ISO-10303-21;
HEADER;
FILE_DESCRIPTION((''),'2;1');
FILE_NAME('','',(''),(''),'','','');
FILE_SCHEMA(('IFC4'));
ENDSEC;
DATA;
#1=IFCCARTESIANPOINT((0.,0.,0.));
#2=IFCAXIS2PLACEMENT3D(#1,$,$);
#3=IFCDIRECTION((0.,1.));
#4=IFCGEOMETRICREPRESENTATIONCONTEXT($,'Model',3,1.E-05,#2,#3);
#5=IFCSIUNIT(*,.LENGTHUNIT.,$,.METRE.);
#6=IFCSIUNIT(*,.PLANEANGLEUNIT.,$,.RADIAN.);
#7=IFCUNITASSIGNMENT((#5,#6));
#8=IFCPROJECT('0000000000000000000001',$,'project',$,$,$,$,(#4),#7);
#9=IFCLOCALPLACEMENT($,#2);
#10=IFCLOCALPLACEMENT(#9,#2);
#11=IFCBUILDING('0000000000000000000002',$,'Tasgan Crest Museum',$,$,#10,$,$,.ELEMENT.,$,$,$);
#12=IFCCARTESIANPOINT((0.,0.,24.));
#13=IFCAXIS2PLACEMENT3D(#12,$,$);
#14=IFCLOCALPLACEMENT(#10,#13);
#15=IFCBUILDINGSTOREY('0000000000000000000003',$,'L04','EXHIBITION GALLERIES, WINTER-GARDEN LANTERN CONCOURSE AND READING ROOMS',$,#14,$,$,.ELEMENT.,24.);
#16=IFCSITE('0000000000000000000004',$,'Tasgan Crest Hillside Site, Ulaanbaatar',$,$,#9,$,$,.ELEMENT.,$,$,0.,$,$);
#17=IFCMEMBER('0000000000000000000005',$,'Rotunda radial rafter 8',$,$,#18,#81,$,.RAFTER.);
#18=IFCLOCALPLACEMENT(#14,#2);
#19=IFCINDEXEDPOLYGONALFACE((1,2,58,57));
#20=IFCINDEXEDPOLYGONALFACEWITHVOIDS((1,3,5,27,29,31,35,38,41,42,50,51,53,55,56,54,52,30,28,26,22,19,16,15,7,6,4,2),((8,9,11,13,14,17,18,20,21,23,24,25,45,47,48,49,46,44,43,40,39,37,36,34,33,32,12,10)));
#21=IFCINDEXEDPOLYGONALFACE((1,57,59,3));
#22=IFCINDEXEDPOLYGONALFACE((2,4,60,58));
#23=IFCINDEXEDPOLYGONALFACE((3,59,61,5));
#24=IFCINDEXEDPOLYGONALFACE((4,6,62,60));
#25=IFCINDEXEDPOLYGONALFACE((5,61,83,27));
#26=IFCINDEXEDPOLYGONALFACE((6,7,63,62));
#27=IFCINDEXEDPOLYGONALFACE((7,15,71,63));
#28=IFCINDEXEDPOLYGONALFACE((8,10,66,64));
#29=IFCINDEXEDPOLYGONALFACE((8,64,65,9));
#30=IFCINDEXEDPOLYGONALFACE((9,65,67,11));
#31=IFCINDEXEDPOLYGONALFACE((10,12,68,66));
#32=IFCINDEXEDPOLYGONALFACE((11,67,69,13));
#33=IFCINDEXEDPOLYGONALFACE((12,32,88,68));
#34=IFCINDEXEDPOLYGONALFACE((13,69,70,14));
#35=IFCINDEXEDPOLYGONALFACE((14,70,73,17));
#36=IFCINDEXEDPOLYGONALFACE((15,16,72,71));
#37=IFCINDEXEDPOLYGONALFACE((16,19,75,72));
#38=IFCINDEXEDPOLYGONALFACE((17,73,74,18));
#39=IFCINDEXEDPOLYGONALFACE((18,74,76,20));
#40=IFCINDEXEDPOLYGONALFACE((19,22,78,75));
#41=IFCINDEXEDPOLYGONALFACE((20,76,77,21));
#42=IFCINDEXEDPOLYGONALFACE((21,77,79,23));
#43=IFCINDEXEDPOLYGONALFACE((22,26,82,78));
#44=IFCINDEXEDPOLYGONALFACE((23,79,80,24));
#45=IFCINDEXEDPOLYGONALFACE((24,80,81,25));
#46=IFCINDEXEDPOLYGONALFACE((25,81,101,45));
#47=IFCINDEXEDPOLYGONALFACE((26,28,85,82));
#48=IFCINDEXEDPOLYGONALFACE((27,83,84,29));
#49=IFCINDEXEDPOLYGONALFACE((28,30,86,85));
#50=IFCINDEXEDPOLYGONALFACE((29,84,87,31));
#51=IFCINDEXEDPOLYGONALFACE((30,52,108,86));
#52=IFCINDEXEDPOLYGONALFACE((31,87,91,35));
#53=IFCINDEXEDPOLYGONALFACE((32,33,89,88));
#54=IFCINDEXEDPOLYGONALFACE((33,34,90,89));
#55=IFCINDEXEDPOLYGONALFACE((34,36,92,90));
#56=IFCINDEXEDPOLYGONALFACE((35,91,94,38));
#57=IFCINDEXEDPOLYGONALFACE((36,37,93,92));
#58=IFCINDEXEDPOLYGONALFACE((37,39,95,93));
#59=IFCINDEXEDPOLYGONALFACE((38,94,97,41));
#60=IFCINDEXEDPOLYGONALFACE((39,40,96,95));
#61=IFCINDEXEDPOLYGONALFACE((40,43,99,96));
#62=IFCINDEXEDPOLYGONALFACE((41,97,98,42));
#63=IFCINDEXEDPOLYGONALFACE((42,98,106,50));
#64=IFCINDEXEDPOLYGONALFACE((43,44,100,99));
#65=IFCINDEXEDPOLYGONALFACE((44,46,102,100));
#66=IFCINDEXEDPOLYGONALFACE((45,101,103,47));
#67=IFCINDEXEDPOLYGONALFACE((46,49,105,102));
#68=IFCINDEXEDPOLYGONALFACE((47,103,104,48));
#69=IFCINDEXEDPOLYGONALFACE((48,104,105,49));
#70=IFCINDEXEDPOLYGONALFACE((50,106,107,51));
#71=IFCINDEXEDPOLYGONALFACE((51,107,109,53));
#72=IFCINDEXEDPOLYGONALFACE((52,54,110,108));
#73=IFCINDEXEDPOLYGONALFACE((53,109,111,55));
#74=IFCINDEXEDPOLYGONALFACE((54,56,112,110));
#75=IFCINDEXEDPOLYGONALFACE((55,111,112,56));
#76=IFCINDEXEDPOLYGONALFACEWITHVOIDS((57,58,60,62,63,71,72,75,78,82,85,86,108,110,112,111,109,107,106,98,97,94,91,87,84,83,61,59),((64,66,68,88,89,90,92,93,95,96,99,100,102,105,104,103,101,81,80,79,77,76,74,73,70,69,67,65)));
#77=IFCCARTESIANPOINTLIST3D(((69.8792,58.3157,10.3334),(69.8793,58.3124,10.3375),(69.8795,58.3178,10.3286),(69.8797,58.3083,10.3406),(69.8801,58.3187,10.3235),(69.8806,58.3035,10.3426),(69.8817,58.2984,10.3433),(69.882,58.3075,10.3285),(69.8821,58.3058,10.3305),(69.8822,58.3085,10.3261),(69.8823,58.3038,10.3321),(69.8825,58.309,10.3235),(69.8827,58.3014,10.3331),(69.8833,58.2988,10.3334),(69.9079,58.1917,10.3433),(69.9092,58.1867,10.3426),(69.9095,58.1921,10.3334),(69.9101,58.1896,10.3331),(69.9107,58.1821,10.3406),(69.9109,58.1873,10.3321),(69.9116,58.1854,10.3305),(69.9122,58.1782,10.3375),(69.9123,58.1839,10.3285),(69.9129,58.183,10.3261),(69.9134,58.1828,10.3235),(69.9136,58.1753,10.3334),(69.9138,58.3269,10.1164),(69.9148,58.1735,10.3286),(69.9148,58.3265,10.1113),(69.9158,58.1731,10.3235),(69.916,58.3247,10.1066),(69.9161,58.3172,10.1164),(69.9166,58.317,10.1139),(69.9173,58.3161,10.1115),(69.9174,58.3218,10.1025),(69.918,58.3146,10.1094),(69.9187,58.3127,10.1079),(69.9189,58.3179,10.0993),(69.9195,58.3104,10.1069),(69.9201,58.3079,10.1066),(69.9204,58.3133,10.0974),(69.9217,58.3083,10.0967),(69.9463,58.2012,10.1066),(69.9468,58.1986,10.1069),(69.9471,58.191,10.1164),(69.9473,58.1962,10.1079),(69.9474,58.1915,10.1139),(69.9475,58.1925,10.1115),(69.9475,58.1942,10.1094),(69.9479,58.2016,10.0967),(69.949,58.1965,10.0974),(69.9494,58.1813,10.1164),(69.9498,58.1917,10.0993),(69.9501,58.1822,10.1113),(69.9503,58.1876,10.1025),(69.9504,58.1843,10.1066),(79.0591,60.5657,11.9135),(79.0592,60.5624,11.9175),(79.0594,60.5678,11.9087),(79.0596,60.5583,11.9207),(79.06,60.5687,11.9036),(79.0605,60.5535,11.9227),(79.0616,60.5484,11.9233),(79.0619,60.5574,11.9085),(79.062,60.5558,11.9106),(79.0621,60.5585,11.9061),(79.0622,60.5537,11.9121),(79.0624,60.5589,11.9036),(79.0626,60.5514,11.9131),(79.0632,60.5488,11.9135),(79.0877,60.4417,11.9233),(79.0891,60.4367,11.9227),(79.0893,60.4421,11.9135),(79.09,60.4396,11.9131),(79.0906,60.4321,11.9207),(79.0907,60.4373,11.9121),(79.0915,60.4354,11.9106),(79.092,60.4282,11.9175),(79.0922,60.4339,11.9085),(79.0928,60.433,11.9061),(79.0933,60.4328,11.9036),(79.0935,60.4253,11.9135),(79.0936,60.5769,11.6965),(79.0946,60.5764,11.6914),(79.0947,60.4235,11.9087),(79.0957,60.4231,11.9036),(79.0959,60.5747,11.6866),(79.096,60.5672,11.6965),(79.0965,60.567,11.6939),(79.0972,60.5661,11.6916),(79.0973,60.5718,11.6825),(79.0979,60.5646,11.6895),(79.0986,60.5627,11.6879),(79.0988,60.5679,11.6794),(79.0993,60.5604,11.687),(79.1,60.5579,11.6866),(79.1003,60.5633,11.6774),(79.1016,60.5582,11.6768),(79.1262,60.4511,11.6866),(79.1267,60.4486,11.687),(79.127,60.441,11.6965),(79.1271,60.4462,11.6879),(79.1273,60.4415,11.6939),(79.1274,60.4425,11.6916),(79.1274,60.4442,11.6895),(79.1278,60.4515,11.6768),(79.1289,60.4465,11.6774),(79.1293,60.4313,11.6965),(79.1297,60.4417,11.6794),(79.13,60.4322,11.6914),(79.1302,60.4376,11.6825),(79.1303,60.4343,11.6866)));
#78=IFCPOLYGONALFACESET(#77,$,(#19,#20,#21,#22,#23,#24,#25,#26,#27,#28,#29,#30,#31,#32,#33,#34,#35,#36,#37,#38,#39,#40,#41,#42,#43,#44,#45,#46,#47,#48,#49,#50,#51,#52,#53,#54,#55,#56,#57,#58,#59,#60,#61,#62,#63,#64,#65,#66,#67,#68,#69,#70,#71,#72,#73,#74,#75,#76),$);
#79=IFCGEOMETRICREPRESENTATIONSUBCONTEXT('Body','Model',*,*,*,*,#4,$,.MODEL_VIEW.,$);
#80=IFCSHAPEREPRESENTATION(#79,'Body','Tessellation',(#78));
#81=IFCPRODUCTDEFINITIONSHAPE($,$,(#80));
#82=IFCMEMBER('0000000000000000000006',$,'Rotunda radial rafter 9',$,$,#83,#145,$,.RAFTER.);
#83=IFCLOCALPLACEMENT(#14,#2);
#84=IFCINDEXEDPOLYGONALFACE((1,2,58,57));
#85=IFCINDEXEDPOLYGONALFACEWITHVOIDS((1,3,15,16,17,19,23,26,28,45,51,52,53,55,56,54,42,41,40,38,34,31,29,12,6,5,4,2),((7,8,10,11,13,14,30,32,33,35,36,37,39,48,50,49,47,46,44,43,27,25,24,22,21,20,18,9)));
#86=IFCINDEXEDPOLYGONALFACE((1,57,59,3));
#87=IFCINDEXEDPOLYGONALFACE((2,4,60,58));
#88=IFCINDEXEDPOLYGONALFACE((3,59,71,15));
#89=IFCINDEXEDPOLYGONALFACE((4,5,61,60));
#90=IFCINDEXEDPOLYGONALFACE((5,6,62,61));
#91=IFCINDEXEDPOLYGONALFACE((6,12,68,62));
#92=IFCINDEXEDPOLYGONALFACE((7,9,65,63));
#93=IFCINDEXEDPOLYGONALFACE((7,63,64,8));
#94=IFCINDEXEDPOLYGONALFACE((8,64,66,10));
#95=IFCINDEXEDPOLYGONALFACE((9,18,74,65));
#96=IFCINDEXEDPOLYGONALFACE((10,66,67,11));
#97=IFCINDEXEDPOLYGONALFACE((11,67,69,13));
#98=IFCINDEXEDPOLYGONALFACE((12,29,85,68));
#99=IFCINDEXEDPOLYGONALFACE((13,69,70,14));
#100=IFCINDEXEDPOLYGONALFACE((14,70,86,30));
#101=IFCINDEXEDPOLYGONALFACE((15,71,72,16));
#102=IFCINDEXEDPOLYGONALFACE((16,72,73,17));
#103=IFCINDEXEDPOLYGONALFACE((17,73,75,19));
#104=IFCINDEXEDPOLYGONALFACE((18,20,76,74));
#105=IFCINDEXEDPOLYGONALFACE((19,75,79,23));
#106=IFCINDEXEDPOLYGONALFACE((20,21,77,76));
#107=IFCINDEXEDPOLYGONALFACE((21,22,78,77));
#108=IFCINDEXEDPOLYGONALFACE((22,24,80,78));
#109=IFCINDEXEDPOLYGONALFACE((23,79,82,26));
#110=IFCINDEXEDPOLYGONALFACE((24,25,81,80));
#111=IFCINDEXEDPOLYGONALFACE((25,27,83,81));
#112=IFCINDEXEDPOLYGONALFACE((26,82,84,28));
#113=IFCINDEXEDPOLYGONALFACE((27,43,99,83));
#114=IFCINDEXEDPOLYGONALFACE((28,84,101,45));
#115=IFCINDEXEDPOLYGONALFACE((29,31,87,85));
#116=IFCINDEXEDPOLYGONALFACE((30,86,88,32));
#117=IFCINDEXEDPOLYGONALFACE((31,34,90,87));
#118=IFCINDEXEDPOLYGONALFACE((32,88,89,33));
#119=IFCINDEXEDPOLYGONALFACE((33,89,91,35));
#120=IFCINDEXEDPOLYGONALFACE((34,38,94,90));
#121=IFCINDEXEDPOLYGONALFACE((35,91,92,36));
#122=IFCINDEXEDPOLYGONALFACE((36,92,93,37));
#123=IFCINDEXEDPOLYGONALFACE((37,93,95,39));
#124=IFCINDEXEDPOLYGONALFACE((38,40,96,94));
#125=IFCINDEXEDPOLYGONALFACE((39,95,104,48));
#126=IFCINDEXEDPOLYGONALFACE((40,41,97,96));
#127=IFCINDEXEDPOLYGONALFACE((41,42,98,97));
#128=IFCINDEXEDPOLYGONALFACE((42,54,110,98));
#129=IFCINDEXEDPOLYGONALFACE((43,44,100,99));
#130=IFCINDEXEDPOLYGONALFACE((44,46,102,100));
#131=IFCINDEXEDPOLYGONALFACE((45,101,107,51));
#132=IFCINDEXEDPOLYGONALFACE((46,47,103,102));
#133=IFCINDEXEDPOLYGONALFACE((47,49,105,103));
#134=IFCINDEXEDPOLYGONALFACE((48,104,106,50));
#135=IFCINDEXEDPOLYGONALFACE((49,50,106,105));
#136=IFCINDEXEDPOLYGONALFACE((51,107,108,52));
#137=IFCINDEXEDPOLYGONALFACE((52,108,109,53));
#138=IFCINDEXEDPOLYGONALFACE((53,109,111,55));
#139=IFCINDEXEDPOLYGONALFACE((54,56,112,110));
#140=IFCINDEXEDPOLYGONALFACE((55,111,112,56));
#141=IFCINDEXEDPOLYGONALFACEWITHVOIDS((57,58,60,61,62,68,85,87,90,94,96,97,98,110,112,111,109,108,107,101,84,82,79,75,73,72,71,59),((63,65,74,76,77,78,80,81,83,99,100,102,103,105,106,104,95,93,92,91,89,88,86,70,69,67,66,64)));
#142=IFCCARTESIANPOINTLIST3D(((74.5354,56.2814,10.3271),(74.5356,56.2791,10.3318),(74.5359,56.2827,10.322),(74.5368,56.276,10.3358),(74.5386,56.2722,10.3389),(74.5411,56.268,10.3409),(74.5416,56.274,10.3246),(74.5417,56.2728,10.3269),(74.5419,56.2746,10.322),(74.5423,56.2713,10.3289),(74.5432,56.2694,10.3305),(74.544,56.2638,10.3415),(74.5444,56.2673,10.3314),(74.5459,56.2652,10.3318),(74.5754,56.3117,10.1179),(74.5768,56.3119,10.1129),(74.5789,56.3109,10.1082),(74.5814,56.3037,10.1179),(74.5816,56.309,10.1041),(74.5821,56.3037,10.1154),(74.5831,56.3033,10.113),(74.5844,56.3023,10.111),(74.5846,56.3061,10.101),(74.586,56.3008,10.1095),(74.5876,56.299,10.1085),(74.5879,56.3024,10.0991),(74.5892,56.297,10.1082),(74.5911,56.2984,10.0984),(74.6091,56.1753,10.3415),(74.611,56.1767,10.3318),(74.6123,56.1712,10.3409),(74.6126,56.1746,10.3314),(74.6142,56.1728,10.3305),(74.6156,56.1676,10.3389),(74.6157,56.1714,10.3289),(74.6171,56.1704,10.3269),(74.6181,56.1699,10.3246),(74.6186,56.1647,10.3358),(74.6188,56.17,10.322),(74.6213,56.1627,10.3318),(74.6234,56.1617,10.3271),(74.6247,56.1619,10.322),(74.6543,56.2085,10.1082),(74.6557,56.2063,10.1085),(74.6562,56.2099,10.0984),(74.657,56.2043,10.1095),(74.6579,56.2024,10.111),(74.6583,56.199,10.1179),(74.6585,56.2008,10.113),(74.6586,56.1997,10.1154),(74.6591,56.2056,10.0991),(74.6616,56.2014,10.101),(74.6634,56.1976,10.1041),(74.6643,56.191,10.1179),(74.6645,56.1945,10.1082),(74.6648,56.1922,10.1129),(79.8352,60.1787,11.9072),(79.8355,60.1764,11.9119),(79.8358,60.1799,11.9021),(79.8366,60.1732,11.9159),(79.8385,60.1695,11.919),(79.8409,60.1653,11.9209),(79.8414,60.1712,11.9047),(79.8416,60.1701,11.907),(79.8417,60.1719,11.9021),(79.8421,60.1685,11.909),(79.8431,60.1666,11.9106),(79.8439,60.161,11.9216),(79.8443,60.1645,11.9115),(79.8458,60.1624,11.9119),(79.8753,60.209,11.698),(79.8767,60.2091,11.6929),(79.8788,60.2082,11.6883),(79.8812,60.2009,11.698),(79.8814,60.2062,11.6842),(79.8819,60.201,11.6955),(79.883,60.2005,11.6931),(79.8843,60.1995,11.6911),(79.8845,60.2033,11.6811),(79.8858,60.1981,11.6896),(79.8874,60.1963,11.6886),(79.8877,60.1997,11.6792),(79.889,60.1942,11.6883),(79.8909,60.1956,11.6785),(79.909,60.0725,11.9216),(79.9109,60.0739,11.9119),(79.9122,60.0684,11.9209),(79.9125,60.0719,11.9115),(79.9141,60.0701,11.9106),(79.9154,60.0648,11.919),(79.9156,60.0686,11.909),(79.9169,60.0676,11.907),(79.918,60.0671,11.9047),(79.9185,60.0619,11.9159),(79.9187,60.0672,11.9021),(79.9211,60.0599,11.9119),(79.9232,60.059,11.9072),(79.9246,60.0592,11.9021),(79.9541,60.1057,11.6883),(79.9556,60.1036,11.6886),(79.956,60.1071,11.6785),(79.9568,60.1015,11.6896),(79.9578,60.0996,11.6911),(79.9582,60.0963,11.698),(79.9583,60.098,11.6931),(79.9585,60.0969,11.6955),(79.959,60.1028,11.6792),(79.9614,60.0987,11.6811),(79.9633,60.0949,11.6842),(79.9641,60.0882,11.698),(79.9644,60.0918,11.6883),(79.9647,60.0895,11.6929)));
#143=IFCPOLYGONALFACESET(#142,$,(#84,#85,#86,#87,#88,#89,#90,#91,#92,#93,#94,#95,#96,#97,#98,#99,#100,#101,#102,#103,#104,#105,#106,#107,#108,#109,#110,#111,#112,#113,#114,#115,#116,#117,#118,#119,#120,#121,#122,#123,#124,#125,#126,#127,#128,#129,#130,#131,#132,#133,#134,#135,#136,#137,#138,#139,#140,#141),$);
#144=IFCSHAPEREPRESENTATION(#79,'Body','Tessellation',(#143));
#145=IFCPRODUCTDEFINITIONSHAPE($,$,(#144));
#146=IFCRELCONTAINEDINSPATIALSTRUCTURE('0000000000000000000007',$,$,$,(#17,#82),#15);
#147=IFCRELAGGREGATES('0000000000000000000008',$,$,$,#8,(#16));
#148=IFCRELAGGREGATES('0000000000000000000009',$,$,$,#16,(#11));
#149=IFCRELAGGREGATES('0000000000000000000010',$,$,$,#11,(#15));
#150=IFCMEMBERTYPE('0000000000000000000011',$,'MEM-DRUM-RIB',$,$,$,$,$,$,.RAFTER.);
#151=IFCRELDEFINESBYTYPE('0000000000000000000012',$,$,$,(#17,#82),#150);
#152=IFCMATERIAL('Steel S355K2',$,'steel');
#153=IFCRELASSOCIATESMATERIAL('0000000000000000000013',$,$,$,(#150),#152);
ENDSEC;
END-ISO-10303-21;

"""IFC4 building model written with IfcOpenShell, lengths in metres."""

from ifc_helpers import new_model, si_unit, direction, frame, origin, origin_2d, place, context, subcontext, project, spatial, hollow_rectangle, extrude, material, material_profile, profile_set, type_object, element, save


model = new_model("IFC4")

# Units and contexts
model_context = context("Model", 3, precision=1e-05, world=origin(), true_north=direction((0.0, 1.0)))
body_context = subcontext(model_context, "Body", "Model", "MODEL_VIEW")
ifc_project = project(units=[si_unit("LENGTHUNIT", "METRE"), si_unit("PLANEANGLEUNIT", "RADIAN")], contexts=[model_context])

# Site, building, storey
site_placement = place(None, origin())
site = spatial("IfcSite", under=ifc_project, at=site_placement, Name="Tasgan Crest Hillside Site, Ulaanbaatar", CompositionType="ELEMENT", RefElevation=0.0)
building_placement = place(site_placement, origin())
building = spatial("IfcBuilding", under=site, at=building_placement, Name="Tasgan Crest Museum", CompositionType="ELEMENT")
storey_placement = place(building_placement, frame((0.0, 0.0, 24.0)))
storey = spatial("IfcBuildingStorey", under=building, at=storey_placement, Name="L04", Description="EXHIBITION GALLERIES, WINTER-GARDEN LANTERN CONCOURSE AND READING ROOMS", CompositionType="ELEMENT", Elevation=24.0)

# Members
ifc_material_1 = material(Name="Steel S355K2", Category="steel")
ifc_material_profile_1 = material_profile(ifc_material_1, hollow_rectangle(XDim=0.1499, YDim=0.25, WallThickness=0.01, InnerFilletRadius=0.01, OuterFilletRadius=0.02, at=origin_2d()), Name="RHS 250x150x10")
ifc_profile_set_1 = profile_set([ifc_material_profile_1], Name="Steel S355K2")
member_type_1 = type_object("IfcMemberType", Name="MEM-DRUM-RIB", PredefinedType="RAFTER", material=ifc_profile_set_1)
member_1_placement = place(storey_placement, frame((69.9148, 58.25, 10.22), z_axis=(0.957958, 0.234795, 0.164887), x_axis=(-0.238054, 0.971252, 0.0)))
element("IfcMember", 1, at=member_1_placement, inside=storey, type_object=member_type_1, Name="Rotunda radial rafter 8", PredefinedType="RAFTER", context=body_context, shape_type="SweptSolid", body=[
    extrude(hollow_rectangle(XDim=0.1499, YDim=0.25, WallThickness=0.01, InnerFilletRadius=0.01, OuterFilletRadius=0.02, at=origin_2d()), origin(), (0.0, 0.0, 1.0), 9.5828),
])
member_2_placement = place(storey_placement, frame((74.6001, 56.2368, 10.22), z_axis=(0.78335, 0.576037, 0.233547), x_axis=(-0.59242, 0.805629, 0.0)))
element("IfcMember", 2, at=member_2_placement, inside=storey, type_object=member_type_1, Name="Rotunda radial rafter 9", PredefinedType="RAFTER", context=body_context, shape_type="SweptSolid", body=[
    extrude(hollow_rectangle(XDim=0.1499, YDim=0.25, WallThickness=0.01, InnerFilletRadius=0.01, OuterFilletRadius=0.02, at=origin_2d()), origin(), (0.0, 0.0, 1.0), 6.7656),
])

save(model, "model.ifc")
